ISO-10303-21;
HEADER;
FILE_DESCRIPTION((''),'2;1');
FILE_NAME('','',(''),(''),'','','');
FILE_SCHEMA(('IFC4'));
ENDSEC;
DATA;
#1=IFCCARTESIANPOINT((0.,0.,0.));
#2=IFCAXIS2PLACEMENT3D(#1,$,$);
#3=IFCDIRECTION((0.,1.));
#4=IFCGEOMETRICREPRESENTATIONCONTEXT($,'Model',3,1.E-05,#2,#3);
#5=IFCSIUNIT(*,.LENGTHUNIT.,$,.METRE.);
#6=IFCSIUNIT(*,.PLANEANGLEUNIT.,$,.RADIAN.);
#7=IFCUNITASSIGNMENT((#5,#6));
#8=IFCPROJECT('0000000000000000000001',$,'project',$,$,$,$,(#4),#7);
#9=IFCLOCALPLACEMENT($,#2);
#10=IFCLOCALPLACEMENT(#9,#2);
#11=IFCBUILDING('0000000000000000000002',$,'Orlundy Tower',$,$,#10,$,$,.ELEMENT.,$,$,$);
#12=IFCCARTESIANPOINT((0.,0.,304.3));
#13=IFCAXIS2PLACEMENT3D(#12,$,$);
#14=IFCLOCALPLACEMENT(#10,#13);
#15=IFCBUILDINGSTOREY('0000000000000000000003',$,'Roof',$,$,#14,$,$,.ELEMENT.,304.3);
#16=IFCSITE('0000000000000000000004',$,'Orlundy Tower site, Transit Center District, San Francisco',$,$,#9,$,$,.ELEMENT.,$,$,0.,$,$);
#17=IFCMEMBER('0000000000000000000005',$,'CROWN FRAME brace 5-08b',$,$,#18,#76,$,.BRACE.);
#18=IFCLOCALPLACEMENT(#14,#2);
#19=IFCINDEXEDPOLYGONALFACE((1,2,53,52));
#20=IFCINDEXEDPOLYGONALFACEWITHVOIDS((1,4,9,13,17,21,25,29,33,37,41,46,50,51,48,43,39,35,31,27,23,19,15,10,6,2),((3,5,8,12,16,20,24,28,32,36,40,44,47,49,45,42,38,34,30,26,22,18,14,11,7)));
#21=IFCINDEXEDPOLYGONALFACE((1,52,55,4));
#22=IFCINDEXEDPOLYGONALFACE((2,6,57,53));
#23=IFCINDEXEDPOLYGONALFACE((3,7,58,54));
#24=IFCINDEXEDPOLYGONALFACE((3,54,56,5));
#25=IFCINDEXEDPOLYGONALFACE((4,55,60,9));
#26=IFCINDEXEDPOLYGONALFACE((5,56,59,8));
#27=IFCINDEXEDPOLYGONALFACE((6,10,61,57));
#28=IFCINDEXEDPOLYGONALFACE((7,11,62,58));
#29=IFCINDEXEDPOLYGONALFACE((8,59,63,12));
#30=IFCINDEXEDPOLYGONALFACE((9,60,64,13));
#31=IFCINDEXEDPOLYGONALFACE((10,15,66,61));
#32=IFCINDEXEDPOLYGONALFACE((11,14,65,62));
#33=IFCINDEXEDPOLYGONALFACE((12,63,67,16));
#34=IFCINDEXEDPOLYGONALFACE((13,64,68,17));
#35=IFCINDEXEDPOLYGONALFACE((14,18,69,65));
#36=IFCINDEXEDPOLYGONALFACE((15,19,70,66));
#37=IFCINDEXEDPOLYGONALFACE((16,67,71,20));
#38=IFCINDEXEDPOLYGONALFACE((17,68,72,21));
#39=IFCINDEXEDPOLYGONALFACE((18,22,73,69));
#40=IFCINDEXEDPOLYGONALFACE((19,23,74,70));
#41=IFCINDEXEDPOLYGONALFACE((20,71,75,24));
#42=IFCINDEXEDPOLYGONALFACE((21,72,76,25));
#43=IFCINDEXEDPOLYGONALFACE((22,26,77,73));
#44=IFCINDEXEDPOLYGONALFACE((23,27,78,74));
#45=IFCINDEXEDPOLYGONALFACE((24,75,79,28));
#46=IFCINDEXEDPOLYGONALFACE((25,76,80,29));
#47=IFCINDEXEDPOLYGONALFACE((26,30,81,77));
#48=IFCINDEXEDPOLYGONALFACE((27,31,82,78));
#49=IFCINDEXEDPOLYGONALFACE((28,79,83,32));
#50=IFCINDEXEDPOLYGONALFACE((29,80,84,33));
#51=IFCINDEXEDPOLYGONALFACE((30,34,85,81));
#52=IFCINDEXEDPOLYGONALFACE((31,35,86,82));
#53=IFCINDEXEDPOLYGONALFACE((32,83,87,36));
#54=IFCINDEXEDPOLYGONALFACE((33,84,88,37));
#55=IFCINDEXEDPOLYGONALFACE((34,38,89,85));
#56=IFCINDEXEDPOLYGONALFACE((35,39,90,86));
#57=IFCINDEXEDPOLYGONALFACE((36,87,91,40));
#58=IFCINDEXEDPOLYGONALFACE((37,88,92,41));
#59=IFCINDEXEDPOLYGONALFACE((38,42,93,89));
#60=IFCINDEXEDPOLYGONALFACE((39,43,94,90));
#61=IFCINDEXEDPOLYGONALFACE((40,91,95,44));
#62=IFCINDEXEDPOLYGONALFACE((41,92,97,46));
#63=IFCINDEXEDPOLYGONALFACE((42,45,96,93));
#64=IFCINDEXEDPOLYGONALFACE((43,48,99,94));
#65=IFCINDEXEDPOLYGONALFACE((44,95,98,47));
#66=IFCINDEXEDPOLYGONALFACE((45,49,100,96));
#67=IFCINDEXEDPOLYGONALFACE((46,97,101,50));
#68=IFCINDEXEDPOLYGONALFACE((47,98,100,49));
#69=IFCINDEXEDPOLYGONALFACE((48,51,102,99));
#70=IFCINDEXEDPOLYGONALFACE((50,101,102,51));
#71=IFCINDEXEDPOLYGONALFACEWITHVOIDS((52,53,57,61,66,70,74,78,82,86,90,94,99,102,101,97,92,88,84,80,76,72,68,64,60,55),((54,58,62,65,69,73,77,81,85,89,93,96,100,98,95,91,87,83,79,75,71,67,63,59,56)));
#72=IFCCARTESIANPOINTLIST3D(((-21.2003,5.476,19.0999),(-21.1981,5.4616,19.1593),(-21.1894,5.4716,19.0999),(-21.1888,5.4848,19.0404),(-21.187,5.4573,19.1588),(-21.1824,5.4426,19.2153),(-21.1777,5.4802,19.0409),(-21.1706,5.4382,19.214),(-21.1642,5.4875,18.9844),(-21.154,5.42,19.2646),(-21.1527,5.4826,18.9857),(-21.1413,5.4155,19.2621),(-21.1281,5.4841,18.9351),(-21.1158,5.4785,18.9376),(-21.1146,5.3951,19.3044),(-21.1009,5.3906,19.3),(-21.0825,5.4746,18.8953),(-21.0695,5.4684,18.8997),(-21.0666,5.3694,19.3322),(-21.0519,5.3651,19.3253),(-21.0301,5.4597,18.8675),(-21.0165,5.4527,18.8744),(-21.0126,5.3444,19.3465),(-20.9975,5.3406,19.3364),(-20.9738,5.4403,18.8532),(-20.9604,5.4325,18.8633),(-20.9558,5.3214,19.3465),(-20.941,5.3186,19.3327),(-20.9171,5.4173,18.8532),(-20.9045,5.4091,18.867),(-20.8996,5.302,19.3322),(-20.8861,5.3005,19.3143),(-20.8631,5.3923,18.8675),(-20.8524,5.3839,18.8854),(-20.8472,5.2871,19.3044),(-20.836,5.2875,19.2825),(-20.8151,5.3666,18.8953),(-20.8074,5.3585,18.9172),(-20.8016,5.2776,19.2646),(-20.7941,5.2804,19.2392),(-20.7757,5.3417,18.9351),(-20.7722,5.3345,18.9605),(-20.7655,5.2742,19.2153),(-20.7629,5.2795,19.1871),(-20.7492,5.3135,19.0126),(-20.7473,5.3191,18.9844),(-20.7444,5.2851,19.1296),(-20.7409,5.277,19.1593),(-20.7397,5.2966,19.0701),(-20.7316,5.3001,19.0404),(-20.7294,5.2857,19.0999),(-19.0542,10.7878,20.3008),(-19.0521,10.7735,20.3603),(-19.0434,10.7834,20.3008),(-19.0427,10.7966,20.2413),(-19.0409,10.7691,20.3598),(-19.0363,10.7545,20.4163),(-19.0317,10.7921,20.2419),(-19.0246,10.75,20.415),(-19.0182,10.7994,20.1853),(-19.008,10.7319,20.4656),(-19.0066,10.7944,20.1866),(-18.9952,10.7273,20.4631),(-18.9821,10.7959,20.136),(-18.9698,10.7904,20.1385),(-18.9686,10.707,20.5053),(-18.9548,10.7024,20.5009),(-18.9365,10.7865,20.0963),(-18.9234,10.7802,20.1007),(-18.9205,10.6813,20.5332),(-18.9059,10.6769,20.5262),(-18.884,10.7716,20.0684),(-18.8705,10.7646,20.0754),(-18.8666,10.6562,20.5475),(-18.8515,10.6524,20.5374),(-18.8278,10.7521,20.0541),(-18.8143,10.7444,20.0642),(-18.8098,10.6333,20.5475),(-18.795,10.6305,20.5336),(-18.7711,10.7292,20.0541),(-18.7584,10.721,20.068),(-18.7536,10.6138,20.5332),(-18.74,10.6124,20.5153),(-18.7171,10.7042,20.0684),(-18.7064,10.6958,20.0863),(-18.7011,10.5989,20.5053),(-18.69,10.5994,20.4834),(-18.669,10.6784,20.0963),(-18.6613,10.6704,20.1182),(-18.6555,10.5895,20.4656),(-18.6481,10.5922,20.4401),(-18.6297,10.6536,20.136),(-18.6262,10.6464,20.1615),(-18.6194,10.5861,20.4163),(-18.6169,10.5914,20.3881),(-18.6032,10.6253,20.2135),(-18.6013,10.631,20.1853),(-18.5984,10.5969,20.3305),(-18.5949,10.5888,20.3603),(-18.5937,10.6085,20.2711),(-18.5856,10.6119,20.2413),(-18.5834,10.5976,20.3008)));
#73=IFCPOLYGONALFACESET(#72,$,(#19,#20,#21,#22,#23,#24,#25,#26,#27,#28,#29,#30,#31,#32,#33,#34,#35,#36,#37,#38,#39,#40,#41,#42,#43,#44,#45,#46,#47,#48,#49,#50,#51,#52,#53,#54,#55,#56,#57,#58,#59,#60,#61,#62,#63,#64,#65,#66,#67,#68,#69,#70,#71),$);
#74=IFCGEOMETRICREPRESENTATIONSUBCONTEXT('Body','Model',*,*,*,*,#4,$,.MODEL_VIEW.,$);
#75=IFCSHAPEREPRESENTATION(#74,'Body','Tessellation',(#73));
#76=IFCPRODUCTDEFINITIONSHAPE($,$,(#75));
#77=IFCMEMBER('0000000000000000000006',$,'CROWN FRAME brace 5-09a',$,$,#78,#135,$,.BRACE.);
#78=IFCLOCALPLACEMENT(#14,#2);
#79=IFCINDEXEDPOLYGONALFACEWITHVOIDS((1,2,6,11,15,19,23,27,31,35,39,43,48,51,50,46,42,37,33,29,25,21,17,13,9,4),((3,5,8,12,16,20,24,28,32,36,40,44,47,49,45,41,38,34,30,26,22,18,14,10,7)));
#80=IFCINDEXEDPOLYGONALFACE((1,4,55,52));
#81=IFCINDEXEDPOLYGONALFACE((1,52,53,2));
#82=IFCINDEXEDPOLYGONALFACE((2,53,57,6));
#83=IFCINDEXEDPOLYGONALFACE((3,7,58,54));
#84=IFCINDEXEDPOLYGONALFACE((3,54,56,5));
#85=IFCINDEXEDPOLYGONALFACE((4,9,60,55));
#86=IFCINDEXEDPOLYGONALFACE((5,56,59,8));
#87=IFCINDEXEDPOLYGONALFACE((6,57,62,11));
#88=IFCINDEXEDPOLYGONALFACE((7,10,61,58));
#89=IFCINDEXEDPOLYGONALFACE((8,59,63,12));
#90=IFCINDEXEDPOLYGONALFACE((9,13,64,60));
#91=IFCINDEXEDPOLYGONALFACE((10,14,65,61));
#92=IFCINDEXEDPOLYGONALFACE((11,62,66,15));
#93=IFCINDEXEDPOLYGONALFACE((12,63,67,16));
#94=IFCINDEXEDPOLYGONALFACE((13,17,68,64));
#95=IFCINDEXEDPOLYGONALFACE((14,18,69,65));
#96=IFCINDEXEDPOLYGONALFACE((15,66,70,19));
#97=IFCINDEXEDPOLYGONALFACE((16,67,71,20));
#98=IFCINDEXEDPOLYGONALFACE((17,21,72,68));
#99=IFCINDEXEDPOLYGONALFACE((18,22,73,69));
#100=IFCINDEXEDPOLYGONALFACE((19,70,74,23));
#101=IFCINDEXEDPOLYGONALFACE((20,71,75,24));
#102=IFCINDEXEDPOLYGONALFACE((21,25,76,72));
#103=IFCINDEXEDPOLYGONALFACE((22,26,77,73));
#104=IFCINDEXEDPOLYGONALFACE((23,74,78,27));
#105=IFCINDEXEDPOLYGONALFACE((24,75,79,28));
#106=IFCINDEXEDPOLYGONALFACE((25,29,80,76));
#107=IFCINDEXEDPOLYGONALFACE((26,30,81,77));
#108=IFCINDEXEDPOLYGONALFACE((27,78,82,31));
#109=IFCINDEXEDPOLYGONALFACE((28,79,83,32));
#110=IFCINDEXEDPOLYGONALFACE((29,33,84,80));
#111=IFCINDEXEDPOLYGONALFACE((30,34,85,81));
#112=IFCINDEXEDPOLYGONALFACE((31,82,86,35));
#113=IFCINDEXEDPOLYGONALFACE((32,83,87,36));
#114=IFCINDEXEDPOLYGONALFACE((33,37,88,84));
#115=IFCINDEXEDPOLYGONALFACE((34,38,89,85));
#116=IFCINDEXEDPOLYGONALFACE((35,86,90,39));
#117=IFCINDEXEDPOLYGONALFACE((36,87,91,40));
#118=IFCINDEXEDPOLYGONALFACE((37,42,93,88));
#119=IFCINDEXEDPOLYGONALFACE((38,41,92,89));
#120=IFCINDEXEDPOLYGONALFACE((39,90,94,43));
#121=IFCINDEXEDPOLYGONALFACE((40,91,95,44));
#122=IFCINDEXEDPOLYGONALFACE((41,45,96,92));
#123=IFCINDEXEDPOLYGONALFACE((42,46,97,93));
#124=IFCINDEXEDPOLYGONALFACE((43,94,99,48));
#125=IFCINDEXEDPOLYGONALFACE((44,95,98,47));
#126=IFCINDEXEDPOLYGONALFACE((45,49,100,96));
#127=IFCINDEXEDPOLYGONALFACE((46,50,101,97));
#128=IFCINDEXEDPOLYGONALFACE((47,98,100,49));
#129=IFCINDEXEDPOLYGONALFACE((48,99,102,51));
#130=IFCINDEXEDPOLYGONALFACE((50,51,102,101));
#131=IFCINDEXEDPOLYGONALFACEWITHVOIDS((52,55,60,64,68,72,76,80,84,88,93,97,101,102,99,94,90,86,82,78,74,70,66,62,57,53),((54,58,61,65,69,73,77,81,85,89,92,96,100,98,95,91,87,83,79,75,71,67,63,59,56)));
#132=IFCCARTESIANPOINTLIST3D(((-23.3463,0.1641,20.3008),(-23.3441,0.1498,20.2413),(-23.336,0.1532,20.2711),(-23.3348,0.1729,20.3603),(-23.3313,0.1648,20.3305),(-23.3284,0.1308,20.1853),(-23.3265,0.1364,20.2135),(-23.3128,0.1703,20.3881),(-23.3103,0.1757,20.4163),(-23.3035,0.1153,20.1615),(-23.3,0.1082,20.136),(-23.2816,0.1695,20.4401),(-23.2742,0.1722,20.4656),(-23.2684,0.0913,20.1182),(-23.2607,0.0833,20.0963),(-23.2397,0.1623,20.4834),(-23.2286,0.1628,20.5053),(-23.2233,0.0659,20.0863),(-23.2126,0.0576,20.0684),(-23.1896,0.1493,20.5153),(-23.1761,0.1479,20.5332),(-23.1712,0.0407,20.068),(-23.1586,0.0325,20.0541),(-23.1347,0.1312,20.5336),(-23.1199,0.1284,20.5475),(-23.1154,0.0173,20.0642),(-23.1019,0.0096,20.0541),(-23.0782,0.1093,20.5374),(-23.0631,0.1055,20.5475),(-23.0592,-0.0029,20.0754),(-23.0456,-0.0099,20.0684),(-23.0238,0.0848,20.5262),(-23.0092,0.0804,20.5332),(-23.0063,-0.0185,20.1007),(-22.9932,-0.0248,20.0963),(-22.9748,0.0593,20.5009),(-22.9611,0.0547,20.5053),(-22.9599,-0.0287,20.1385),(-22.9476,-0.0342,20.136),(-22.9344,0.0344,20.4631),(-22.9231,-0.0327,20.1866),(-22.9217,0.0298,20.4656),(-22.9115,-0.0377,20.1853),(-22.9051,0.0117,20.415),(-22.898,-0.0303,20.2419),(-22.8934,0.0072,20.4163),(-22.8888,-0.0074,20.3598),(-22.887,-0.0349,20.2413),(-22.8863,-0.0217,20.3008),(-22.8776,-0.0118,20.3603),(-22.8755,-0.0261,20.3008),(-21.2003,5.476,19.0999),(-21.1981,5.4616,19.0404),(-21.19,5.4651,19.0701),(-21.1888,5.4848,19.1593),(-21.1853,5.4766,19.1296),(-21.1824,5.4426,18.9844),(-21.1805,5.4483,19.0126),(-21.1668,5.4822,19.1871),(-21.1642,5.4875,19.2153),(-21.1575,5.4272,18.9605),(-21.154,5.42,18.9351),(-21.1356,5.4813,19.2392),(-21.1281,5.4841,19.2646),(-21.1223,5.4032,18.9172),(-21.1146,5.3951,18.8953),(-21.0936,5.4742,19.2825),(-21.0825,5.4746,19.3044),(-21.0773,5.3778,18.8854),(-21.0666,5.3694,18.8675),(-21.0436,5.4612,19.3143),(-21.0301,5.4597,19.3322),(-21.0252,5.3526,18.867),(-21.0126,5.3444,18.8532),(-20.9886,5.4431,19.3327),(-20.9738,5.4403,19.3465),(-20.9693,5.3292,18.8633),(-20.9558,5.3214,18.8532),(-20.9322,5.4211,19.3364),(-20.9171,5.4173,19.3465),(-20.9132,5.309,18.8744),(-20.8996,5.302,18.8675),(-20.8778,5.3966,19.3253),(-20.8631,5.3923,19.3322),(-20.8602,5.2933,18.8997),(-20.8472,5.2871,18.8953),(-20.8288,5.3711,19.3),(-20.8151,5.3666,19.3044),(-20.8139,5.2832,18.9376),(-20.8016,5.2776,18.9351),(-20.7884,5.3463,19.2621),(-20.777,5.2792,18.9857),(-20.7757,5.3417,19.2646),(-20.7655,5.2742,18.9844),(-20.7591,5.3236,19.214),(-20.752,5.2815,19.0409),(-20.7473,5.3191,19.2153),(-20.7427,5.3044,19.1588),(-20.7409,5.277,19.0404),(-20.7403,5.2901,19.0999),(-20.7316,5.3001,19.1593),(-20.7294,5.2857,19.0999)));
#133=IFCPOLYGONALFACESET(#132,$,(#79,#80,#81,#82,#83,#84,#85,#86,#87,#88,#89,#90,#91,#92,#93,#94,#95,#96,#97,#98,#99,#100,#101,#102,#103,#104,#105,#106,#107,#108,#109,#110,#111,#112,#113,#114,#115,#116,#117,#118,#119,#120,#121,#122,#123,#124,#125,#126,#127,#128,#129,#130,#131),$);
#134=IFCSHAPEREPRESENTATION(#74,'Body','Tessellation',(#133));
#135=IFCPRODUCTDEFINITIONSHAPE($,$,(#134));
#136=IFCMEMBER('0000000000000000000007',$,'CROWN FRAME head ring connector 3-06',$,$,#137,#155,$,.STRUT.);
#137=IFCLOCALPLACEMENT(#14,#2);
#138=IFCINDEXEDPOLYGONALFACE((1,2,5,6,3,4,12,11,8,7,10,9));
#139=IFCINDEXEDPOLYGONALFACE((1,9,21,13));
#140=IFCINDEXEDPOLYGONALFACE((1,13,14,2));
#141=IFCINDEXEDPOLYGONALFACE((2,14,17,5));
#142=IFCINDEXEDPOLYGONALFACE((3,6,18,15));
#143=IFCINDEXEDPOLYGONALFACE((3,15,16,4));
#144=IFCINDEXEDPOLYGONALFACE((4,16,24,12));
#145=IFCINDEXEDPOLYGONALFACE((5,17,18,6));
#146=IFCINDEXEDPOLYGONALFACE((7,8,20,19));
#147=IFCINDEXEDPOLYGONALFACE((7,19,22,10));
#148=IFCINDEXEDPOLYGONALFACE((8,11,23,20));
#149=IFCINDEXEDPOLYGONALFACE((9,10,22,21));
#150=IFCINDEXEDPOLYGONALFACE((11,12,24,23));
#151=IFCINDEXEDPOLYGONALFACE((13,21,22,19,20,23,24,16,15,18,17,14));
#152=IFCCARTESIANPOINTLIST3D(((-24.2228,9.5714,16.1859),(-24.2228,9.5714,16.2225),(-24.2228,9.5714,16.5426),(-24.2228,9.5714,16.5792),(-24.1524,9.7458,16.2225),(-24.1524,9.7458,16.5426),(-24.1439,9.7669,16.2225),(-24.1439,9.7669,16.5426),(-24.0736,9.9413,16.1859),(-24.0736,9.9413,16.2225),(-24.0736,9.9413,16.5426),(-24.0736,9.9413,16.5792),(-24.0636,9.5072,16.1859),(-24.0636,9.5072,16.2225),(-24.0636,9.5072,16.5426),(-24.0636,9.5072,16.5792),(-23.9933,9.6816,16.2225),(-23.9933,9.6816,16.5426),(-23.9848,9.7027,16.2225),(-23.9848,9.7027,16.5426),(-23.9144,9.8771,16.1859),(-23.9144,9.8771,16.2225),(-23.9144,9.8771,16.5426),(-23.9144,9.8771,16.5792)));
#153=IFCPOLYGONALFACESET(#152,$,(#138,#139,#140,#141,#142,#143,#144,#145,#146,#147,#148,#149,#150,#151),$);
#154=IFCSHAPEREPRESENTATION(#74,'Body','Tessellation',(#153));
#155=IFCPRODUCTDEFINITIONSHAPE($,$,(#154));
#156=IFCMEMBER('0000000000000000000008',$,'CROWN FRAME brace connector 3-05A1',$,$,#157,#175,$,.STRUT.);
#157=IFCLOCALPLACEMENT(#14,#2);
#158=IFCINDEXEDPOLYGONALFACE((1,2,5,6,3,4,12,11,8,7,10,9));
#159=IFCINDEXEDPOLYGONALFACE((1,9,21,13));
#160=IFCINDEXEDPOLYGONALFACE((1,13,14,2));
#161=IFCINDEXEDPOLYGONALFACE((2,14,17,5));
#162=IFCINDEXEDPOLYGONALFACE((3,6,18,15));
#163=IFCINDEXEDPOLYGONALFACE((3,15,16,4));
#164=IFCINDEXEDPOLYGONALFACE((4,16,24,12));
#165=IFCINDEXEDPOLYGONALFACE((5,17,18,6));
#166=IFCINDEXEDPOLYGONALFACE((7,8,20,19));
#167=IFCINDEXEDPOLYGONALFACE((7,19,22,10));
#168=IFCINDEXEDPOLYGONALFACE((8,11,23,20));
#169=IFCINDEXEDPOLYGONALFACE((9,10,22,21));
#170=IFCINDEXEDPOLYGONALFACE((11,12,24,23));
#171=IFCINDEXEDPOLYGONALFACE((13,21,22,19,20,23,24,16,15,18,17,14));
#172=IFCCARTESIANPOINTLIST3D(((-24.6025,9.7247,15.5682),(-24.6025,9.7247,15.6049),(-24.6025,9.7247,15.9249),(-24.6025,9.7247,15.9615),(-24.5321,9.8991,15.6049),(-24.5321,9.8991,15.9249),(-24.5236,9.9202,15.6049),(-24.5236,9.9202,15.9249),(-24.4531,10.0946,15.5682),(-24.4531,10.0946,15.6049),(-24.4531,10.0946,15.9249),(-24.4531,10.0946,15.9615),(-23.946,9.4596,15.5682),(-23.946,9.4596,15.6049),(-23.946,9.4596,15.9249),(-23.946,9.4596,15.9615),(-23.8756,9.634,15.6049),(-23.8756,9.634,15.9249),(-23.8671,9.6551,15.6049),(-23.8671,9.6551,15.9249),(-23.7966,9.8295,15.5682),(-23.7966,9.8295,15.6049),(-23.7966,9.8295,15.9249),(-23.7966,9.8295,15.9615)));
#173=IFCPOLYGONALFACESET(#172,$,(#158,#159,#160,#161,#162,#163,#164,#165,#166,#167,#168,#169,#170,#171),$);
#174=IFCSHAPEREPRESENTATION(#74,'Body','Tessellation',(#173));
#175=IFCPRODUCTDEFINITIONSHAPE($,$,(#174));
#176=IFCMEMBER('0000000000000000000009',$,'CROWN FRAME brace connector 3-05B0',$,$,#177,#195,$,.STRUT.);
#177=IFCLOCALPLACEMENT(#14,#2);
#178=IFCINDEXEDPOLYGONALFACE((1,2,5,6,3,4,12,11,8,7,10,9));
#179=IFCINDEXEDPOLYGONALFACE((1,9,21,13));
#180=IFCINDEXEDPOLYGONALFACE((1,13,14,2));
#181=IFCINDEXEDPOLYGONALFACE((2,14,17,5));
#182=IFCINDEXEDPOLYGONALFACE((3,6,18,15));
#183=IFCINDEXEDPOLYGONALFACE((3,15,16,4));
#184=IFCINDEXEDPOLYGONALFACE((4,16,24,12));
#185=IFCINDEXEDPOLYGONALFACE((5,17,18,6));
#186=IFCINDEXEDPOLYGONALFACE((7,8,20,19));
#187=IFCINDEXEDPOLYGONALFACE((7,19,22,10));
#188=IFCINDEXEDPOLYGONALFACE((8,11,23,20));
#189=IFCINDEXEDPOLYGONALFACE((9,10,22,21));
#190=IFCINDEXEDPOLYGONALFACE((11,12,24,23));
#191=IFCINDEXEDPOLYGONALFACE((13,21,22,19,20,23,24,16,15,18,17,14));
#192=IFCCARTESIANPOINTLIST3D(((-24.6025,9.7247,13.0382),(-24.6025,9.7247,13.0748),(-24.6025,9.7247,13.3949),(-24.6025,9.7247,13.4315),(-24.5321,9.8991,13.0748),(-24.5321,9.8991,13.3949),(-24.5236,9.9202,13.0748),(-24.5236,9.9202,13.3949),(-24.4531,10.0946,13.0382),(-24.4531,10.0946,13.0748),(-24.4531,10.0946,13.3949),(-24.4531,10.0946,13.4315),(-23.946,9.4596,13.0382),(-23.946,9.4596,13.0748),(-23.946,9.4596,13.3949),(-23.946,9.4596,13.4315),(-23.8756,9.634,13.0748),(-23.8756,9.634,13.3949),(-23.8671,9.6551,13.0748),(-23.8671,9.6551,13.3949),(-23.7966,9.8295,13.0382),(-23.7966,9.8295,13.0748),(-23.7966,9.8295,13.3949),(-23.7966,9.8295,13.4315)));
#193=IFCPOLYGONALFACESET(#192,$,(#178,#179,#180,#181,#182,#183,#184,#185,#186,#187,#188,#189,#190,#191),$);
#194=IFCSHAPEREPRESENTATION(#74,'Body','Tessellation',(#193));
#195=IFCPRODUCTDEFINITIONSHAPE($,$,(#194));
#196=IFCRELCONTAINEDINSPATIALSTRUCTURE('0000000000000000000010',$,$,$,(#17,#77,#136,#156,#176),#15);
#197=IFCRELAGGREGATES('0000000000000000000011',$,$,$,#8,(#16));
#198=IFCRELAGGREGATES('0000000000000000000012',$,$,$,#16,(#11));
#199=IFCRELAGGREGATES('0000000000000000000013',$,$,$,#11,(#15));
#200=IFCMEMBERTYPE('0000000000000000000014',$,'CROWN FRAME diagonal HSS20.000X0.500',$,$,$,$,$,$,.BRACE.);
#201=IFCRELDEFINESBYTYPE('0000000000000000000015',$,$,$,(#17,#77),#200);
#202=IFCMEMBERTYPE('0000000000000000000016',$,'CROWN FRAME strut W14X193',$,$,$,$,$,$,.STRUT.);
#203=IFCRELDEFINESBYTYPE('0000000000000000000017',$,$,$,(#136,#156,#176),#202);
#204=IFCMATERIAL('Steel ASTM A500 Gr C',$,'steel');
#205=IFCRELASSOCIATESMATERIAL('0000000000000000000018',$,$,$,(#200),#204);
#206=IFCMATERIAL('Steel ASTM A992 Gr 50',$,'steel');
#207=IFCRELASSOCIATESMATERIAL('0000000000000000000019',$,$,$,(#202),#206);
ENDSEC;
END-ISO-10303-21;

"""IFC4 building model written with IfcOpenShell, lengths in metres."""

from ifc_helpers import new_model, si_unit, direction, frame, origin, origin_2d, place, context, subcontext, project, spatial, hollow_circle, i_section, extrude, material, material_profile, profile_set, type_object, element, save


model = new_model("IFC4")

# Units and contexts
model_context = context("Model", 3, precision=1e-05, world=origin(), true_north=direction((0.0, 1.0)))
body_context = subcontext(model_context, "Body", "Model", "MODEL_VIEW")
ifc_project = project(units=[si_unit("LENGTHUNIT", "METRE"), si_unit("PLANEANGLEUNIT", "RADIAN")], contexts=[model_context])

# Site, building, storey
site_placement = place(None, origin())
site = spatial("IfcSite", under=ifc_project, at=site_placement, Name="Orlundy Tower site, Transit Center District, San Francisco", CompositionType="ELEMENT", RefElevation=0.0)
building_placement = place(site_placement, origin())
building = spatial("IfcBuilding", under=site, at=building_placement, Name="Orlundy Tower", CompositionType="ELEMENT")
storey_placement = place(building_placement, frame((0.0, 0.0, 304.3)))
storey = spatial("IfcBuildingStorey", under=building, at=storey_placement, Name="Roof", CompositionType="ELEMENT", Elevation=304.3)

# Members
ifc_material_1 = material(Name="Steel ASTM A500 Gr C", Category="steel")
ifc_material_profile_1 = material_profile(ifc_material_1, hollow_circle(Radius=0.2539, WallThickness=0.0117, at=origin_2d()), Name="HSS20.000X0.500")
ifc_profile_set_1 = profile_set([ifc_material_profile_1], Name="Steel ASTM A500 Gr C")
member_type_1 = type_object("IfcMemberType", Name="CROWN FRAME diagonal HSS20.000X0.500", PredefinedType="BRACE", material=ifc_profile_set_1)
for number, where, z_axis, x_axis, name in (
    (1, (-20.9648, 5.3809, 19.0999), (0.366623, 0.907466, 0.205167), (-0.92719, 0.374592, 0.0), "CROWN FRAME brace 5-08b"),
    (2, (-20.9648, 5.3809, 19.0999), (-0.366623, -0.907466, 0.205167), (0.92719, -0.374592, 0.0), "CROWN FRAME brace 5-09a"),
):
    element("IfcMember", number, at=place(storey_placement, frame(where, z_axis=z_axis, x_axis=x_axis)), inside=storey, type_object=member_type_1, Name=name, PredefinedType="BRACE", context=body_context, shape_type="SweptSolid", body=[
        extrude(hollow_circle(Radius=0.2539, WallThickness=0.0117, at=origin_2d()), origin(), (0.0, 0.0, 1.0), 5.8535),
    ])
ifc_material_2 = material(Name="Steel ASTM A992 Gr 50", Category="steel")
ifc_material_profile_2 = material_profile(ifc_material_2, i_section(OverallWidth=0.3989, OverallDepth=0.3933, WebThickness=0.0227, FlangeThickness=0.0366, at=origin_2d()), Name="W14X193")
ifc_profile_set_2 = profile_set([ifc_material_profile_2], Name="Steel ASTM A992 Gr 50")
member_type_2 = type_object("IfcMemberType", Name="CROWN FRAME strut W14X193", PredefinedType="STRUT", material=ifc_profile_set_2)
member_1_placement = place(storey_placement, frame((-23.989, 9.6921, 16.3826), z_axis=(-0.927394, 0.374087, 0.0), x_axis=(-0.374087, -0.927394, 0.0)))
element("IfcMember", 3, at=member_1_placement, inside=storey, type_object=member_type_2, Name="CROWN FRAME head ring connector 3-06", PredefinedType="STRUT", context=body_context, shape_type="SweptSolid", body=[
    extrude(i_section(OverallWidth=0.3989, OverallDepth=0.3933, WebThickness=0.0227, FlangeThickness=0.0366, at=origin_2d()), origin(), (0.0, 0.0, 1.0), 0.1716),
])
for number, where, z_axis, x_axis, name in (
    (4, (-23.8713, 9.6445, 15.7649), (-0.927235, 0.37448, 0.0), (-0.37448, -0.927235, 0.0), "CROWN FRAME brace connector 3-05A1"),
    (5, (-23.8713, 9.6445, 13.2349), (-0.927235, 0.37448, 0.0), (-0.37448, -0.927235, 0.0), "CROWN FRAME brace connector 3-05B0"),
):
    element("IfcMember", number, at=place(storey_placement, frame(where, z_axis=z_axis, x_axis=x_axis)), inside=storey, type_object=member_type_2, Name=name, PredefinedType="STRUT", context=body_context, shape_type="SweptSolid", body=[
        extrude(i_section(OverallWidth=0.3989, OverallDepth=0.3933, WebThickness=0.0227, FlangeThickness=0.0366, at=origin_2d()), origin(), (0.0, 0.0, 1.0), 0.708),
    ])

save(model, "model.ifc")
